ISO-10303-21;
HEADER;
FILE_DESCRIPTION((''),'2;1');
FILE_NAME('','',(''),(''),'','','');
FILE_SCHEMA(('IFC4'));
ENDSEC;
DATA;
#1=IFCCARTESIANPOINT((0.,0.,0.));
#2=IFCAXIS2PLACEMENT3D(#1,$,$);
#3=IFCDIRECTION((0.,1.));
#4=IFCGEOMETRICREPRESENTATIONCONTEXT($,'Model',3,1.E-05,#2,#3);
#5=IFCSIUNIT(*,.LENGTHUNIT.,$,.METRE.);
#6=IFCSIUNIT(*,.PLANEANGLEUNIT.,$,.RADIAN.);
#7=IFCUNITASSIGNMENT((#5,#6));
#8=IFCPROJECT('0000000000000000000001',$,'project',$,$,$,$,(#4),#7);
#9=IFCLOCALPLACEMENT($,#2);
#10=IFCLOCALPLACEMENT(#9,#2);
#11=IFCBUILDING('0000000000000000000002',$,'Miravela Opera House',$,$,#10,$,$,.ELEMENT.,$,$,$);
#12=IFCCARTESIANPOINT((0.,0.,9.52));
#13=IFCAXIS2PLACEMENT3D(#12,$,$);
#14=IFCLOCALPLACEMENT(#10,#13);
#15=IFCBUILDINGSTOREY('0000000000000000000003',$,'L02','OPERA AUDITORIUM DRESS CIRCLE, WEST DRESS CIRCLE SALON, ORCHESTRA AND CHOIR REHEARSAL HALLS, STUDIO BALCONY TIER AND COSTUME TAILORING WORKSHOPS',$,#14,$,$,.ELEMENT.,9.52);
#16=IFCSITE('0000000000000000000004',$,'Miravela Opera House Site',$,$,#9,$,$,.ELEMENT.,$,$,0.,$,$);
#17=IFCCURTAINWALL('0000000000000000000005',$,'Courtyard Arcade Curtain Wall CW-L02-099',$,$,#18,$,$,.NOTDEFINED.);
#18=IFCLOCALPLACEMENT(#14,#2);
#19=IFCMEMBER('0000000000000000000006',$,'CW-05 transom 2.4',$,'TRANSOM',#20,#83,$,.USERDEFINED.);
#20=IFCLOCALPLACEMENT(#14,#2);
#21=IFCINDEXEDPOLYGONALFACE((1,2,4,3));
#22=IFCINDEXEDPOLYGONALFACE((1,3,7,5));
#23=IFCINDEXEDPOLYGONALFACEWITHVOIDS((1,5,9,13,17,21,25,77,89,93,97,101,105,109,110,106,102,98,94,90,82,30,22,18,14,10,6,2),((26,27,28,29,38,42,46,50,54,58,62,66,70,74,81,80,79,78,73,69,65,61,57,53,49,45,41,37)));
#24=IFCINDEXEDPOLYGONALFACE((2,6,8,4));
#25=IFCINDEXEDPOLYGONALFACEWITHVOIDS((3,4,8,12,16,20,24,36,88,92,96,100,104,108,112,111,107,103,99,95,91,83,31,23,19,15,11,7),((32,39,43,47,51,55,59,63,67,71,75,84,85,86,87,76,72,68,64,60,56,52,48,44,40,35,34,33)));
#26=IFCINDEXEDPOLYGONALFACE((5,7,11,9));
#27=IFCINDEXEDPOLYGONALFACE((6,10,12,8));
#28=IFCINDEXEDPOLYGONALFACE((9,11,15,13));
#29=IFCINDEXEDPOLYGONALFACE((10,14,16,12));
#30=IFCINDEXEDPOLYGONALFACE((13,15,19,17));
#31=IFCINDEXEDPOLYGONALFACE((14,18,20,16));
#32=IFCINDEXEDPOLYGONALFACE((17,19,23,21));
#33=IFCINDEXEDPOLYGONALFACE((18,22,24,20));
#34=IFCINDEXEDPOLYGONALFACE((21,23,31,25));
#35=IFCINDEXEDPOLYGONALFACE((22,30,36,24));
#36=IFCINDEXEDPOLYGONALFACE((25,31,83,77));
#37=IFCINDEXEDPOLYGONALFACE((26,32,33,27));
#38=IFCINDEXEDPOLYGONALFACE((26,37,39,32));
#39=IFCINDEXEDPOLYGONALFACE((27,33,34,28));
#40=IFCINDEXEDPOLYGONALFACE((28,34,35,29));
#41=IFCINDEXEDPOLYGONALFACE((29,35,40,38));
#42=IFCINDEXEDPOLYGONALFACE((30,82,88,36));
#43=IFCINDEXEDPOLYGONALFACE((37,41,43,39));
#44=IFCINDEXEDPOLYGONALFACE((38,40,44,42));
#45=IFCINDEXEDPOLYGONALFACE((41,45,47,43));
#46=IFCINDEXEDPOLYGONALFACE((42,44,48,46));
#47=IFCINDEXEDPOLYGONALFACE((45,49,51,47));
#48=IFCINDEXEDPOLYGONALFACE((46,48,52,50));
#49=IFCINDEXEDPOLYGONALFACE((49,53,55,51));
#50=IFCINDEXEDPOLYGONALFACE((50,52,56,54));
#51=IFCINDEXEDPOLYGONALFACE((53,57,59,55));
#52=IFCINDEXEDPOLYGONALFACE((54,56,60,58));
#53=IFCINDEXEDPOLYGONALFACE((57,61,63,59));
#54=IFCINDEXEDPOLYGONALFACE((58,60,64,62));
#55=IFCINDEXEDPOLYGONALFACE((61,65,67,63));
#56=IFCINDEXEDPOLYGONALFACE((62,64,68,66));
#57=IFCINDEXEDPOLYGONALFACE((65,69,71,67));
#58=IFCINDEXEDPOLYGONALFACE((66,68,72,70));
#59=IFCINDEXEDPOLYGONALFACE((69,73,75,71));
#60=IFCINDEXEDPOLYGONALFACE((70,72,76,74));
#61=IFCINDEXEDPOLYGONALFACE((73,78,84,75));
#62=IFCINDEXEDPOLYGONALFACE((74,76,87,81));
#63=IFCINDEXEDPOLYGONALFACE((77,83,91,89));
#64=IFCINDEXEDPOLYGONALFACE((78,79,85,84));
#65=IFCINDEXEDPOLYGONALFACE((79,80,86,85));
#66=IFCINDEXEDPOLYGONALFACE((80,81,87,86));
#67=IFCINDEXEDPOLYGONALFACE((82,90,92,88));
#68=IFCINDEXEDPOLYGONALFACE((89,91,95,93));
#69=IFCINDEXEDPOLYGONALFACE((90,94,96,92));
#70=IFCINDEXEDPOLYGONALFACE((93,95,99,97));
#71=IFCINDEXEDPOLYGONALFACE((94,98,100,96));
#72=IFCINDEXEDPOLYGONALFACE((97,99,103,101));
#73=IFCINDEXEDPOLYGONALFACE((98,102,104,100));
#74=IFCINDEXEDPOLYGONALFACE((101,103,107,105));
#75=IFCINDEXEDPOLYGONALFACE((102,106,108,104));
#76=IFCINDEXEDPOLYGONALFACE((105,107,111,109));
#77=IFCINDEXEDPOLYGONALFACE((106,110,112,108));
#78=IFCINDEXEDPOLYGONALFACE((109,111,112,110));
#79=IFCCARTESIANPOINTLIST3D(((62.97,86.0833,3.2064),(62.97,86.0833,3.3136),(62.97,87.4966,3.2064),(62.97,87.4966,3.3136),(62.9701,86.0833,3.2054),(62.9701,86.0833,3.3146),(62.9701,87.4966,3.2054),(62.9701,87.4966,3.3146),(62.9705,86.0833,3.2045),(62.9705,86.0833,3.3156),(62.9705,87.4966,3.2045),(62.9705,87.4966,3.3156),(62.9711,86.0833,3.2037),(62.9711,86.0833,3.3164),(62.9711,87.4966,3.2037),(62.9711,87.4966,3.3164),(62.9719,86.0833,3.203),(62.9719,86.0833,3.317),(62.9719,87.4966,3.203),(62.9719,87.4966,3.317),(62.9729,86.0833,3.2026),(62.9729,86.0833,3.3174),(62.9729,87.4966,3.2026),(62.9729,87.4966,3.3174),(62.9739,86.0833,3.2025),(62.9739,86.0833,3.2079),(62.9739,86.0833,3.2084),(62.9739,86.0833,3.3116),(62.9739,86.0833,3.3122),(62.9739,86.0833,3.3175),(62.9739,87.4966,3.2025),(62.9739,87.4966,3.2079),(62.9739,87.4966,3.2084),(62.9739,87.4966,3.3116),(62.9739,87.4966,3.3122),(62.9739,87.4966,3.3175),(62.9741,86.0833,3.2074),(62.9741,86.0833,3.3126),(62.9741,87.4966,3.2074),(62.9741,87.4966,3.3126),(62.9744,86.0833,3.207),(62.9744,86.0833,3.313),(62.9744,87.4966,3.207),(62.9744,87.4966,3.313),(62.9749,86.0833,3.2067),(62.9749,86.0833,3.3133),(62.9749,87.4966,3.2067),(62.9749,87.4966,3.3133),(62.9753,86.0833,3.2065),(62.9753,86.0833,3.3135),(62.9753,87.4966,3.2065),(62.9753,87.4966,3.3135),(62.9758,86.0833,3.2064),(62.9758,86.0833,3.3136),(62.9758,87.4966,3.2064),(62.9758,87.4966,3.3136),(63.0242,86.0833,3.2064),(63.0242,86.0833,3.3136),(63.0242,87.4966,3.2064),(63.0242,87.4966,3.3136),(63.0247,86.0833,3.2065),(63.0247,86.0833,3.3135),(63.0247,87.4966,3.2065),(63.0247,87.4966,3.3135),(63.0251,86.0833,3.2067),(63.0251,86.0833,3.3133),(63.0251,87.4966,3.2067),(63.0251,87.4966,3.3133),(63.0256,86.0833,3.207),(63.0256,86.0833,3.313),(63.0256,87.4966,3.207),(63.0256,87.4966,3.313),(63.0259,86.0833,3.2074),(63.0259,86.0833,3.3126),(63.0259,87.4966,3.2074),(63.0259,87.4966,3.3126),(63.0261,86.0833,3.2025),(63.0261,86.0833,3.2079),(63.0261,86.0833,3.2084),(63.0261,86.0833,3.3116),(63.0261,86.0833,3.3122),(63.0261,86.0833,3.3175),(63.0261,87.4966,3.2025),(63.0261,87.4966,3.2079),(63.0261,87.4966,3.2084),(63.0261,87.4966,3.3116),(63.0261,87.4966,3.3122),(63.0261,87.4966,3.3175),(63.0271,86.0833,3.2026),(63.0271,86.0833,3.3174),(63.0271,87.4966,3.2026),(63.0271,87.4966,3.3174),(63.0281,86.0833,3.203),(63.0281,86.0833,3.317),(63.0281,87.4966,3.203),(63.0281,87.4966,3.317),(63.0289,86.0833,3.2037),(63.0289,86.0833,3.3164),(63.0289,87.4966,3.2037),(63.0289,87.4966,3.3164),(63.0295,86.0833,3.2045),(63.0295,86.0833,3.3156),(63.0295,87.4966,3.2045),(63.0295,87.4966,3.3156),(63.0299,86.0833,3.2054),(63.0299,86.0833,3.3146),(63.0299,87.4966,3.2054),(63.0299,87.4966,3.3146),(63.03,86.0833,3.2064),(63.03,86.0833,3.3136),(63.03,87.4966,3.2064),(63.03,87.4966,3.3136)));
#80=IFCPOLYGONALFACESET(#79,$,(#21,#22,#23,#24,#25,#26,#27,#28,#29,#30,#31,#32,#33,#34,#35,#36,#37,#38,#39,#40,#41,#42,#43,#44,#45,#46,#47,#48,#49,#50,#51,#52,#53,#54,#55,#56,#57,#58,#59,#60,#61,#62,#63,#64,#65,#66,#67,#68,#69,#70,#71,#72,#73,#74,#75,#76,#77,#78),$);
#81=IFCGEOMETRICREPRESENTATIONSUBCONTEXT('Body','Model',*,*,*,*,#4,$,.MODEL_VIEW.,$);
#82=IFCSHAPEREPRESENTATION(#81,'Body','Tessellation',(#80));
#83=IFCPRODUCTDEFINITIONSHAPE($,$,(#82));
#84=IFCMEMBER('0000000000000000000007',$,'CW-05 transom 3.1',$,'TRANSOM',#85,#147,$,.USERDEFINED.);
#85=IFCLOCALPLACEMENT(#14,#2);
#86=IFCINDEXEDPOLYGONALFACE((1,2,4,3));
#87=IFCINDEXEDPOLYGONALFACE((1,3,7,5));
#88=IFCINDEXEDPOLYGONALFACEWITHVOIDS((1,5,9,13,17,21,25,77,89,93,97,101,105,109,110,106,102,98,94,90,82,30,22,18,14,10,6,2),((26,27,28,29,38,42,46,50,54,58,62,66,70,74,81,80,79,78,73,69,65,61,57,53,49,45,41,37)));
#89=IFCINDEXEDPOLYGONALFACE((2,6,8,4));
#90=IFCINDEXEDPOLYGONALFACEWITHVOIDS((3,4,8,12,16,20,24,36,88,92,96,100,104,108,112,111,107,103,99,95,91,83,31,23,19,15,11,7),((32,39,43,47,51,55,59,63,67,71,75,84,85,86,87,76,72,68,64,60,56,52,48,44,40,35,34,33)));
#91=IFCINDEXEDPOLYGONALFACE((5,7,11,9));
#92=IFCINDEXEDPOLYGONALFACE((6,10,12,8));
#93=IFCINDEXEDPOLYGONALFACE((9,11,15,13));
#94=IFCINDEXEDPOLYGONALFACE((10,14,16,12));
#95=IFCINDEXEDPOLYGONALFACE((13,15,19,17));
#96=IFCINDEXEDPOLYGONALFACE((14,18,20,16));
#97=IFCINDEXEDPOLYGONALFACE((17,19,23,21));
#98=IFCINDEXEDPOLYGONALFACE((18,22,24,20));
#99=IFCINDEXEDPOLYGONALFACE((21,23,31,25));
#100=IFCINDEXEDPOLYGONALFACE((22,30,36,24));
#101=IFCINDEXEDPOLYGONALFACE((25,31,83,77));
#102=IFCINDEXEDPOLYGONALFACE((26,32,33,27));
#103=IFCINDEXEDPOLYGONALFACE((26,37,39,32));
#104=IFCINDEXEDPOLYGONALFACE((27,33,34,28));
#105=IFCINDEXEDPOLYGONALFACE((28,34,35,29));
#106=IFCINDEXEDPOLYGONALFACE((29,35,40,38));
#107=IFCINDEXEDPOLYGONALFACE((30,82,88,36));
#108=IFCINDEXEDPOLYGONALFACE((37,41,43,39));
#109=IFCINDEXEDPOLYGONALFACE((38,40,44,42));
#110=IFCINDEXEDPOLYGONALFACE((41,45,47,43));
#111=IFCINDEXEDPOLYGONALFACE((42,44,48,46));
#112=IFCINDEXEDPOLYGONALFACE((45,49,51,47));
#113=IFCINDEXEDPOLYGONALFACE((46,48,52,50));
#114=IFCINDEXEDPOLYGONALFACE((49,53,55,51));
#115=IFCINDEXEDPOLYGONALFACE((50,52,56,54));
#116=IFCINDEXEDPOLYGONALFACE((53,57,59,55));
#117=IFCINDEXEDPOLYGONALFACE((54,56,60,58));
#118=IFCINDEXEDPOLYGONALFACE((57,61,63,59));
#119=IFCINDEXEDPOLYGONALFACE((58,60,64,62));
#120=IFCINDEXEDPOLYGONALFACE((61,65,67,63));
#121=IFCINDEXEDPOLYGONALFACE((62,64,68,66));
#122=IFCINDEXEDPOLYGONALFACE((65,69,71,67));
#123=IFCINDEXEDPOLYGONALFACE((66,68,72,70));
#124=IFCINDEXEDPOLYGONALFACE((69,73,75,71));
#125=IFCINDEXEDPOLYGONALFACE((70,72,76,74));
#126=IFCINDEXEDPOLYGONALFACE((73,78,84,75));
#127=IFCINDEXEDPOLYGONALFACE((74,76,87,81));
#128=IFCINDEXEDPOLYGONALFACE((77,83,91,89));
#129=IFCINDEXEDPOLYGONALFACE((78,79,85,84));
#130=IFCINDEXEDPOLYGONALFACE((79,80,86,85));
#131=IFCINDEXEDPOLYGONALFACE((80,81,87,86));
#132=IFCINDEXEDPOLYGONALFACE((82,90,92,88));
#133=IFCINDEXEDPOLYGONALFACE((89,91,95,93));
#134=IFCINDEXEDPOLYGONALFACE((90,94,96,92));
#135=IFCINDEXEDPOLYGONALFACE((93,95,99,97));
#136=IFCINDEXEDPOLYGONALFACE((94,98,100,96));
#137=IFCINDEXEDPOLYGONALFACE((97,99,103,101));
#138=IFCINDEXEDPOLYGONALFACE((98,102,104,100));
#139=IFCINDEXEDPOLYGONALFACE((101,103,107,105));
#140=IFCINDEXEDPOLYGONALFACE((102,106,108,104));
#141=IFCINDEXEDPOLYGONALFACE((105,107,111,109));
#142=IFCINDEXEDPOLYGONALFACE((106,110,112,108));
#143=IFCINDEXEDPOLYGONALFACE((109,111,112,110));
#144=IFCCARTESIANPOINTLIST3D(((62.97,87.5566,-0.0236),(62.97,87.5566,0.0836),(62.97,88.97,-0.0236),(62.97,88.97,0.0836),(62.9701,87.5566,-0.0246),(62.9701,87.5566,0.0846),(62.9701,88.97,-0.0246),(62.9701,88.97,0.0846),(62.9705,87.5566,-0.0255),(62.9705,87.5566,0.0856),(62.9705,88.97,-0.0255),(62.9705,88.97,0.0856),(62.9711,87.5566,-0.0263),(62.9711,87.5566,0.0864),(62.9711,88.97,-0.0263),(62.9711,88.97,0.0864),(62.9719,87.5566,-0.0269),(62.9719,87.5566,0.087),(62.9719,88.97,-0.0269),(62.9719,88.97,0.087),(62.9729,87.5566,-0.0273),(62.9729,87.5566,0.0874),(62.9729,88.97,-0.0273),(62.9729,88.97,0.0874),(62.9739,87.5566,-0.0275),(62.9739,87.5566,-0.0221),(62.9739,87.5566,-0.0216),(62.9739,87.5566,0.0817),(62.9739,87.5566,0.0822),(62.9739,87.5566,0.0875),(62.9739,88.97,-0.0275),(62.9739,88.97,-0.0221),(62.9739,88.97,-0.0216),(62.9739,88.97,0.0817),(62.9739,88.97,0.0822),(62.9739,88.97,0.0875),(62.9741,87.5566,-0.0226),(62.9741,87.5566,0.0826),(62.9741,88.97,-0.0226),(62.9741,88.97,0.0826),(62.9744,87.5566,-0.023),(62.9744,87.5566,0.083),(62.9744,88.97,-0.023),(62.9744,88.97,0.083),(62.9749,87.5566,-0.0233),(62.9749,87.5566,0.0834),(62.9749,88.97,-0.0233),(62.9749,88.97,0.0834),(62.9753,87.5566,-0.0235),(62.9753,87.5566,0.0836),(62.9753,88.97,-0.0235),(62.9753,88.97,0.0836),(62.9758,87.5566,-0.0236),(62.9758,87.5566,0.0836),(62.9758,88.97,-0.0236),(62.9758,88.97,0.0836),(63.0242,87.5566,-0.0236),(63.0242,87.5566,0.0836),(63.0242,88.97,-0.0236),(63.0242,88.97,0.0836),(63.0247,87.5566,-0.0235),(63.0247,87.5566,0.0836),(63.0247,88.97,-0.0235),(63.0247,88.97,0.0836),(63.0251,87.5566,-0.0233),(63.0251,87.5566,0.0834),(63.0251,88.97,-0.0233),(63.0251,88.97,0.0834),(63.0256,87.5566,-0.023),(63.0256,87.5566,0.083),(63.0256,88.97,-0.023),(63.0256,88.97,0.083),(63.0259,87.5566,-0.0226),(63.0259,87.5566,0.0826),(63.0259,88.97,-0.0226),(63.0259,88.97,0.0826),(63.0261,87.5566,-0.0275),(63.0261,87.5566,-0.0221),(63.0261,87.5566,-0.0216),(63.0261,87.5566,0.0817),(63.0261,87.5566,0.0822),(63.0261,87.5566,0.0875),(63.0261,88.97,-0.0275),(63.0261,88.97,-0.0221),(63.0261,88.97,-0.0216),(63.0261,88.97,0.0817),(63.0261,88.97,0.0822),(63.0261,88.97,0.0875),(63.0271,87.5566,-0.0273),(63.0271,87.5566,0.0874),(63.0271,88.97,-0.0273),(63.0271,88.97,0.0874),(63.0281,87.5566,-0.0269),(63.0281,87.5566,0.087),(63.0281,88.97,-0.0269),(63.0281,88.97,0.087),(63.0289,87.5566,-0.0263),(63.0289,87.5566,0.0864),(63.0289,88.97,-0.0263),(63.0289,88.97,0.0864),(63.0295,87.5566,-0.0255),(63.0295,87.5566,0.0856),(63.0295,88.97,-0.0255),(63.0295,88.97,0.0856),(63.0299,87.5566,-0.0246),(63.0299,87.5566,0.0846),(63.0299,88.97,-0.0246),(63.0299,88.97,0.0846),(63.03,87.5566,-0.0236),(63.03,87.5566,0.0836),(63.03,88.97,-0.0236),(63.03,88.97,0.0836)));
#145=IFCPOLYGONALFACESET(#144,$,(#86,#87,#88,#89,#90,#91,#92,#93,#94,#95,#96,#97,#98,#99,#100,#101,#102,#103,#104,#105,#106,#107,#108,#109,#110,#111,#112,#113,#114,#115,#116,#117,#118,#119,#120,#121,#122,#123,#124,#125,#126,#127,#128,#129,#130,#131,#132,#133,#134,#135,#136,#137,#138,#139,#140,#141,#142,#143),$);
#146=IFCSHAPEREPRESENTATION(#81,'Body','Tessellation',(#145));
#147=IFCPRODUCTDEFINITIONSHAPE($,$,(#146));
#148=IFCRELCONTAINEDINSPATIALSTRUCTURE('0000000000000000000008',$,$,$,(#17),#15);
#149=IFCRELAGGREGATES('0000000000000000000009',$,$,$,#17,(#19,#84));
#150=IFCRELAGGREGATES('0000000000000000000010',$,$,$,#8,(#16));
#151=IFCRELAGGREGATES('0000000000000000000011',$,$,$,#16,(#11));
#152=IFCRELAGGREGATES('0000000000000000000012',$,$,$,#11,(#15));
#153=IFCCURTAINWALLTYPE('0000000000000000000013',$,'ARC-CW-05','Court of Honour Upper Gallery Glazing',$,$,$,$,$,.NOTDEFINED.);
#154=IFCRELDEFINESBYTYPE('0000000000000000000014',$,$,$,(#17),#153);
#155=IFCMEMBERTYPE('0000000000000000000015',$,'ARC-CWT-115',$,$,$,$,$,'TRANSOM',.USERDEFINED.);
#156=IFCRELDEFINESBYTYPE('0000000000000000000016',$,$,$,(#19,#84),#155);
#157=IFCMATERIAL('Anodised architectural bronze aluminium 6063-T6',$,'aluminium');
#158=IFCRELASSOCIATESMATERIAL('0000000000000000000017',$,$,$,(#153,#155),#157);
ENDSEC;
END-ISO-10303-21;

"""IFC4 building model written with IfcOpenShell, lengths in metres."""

from ifc_helpers import new_model, si_unit, direction, frame, origin, origin_2d, place, context, subcontext, project, spatial, hollow_rectangle, extrude, material, material_profile, profile_set, type_object, element, aggregate, save


model = new_model("IFC4")

# Units and contexts
model_context = context("Model", 3, precision=1e-05, world=origin(), true_north=direction((0.0, 1.0)))
body_context = subcontext(model_context, "Body", "Model", "MODEL_VIEW")
ifc_project = project(units=[si_unit("LENGTHUNIT", "METRE"), si_unit("PLANEANGLEUNIT", "RADIAN")], contexts=[model_context])

# Site, building, storey
site_placement = place(None, origin())
site = spatial("IfcSite", under=ifc_project, at=site_placement, Name="Miravela Opera House Site", CompositionType="ELEMENT", RefElevation=0.0)
building_placement = place(site_placement, origin())
building = spatial("IfcBuilding", under=site, at=building_placement, Name="Miravela Opera House", CompositionType="ELEMENT")
storey_placement = place(building_placement, frame((0.0, 0.0, 9.52)))
storey = spatial("IfcBuildingStorey", under=building, at=storey_placement, Name="L02", Description="OPERA AUDITORIUM DRESS CIRCLE, WEST DRESS CIRCLE SALON, ORCHESTRA AND CHOIR REHEARSAL HALLS, STUDIO BALCONY TIER AND COSTUME TAILORING WORKSHOPS", CompositionType="ELEMENT", Elevation=9.52)

# Curtain wall, members
ifc_material_1 = material(Name="Anodised architectural bronze aluminium 6063-T6", Category="aluminium")
curtain_wall_type = type_object("IfcCurtainWallType", Name="ARC-CW-05", Description="Court of Honour Upper Gallery Glazing", PredefinedType="NOTDEFINED", material=ifc_material_1)
curtain_wall_placement = place(storey_placement, origin())
curtain_wall = element("IfcCurtainWall", 1, at=curtain_wall_placement, inside=storey, type_object=curtain_wall_type, Name="Courtyard Arcade Curtain Wall CW-L02-099", PredefinedType="NOTDEFINED")
ifc_material_profile_1 = material_profile(ifc_material_1, hollow_rectangle(XDim=0.0601, YDim=0.115, WallThickness=0.0039, InnerFilletRadius=0.002, OuterFilletRadius=0.0039, at=origin_2d()), Name="CWT-60X115")
ifc_profile_set_1 = profile_set([ifc_material_profile_1])
member_type_1 = type_object("IfcMemberType", Name="ARC-CWT-115", ElementType="TRANSOM", PredefinedType="USERDEFINED", material=ifc_profile_set_1)
member_1_placement = place(storey_placement, frame((63.0, 86.0833, 3.26), z_axis=(0.0, 1.0, 0.0), x_axis=(-1.0, 0.0, 0.0)))
member_1 = element("IfcMember", 2, at=member_1_placement, type_object=member_type_1, Name="CW-05 transom 2.4", ObjectType="TRANSOM", PredefinedType="USERDEFINED", context=body_context, shape_type="SweptSolid", body=[
    extrude(hollow_rectangle(XDim=0.0601, YDim=0.115, WallThickness=0.0039, InnerFilletRadius=0.002, OuterFilletRadius=0.0039, at=origin_2d()), origin(), (0.0, 0.0, 1.0), 1.4133),
])
member_2_placement = place(storey_placement, frame((63.0, 87.5566, 0.03), z_axis=(0.0, 1.0, 0.0), x_axis=(-1.0, 0.0, 0.0)))
member_2 = element("IfcMember", 3, at=member_2_placement, type_object=member_type_1, Name="CW-05 transom 3.1", ObjectType="TRANSOM", PredefinedType="USERDEFINED", context=body_context, shape_type="SweptSolid", body=[
    extrude(hollow_rectangle(XDim=0.0601, YDim=0.115, WallThickness=0.0039, InnerFilletRadius=0.002, OuterFilletRadius=0.0039, at=origin_2d()), origin(), (0.0, 0.0, 1.0), 1.4133),
])
aggregate(curtain_wall, [member_1, member_2])

save(model, "model.ifc")
